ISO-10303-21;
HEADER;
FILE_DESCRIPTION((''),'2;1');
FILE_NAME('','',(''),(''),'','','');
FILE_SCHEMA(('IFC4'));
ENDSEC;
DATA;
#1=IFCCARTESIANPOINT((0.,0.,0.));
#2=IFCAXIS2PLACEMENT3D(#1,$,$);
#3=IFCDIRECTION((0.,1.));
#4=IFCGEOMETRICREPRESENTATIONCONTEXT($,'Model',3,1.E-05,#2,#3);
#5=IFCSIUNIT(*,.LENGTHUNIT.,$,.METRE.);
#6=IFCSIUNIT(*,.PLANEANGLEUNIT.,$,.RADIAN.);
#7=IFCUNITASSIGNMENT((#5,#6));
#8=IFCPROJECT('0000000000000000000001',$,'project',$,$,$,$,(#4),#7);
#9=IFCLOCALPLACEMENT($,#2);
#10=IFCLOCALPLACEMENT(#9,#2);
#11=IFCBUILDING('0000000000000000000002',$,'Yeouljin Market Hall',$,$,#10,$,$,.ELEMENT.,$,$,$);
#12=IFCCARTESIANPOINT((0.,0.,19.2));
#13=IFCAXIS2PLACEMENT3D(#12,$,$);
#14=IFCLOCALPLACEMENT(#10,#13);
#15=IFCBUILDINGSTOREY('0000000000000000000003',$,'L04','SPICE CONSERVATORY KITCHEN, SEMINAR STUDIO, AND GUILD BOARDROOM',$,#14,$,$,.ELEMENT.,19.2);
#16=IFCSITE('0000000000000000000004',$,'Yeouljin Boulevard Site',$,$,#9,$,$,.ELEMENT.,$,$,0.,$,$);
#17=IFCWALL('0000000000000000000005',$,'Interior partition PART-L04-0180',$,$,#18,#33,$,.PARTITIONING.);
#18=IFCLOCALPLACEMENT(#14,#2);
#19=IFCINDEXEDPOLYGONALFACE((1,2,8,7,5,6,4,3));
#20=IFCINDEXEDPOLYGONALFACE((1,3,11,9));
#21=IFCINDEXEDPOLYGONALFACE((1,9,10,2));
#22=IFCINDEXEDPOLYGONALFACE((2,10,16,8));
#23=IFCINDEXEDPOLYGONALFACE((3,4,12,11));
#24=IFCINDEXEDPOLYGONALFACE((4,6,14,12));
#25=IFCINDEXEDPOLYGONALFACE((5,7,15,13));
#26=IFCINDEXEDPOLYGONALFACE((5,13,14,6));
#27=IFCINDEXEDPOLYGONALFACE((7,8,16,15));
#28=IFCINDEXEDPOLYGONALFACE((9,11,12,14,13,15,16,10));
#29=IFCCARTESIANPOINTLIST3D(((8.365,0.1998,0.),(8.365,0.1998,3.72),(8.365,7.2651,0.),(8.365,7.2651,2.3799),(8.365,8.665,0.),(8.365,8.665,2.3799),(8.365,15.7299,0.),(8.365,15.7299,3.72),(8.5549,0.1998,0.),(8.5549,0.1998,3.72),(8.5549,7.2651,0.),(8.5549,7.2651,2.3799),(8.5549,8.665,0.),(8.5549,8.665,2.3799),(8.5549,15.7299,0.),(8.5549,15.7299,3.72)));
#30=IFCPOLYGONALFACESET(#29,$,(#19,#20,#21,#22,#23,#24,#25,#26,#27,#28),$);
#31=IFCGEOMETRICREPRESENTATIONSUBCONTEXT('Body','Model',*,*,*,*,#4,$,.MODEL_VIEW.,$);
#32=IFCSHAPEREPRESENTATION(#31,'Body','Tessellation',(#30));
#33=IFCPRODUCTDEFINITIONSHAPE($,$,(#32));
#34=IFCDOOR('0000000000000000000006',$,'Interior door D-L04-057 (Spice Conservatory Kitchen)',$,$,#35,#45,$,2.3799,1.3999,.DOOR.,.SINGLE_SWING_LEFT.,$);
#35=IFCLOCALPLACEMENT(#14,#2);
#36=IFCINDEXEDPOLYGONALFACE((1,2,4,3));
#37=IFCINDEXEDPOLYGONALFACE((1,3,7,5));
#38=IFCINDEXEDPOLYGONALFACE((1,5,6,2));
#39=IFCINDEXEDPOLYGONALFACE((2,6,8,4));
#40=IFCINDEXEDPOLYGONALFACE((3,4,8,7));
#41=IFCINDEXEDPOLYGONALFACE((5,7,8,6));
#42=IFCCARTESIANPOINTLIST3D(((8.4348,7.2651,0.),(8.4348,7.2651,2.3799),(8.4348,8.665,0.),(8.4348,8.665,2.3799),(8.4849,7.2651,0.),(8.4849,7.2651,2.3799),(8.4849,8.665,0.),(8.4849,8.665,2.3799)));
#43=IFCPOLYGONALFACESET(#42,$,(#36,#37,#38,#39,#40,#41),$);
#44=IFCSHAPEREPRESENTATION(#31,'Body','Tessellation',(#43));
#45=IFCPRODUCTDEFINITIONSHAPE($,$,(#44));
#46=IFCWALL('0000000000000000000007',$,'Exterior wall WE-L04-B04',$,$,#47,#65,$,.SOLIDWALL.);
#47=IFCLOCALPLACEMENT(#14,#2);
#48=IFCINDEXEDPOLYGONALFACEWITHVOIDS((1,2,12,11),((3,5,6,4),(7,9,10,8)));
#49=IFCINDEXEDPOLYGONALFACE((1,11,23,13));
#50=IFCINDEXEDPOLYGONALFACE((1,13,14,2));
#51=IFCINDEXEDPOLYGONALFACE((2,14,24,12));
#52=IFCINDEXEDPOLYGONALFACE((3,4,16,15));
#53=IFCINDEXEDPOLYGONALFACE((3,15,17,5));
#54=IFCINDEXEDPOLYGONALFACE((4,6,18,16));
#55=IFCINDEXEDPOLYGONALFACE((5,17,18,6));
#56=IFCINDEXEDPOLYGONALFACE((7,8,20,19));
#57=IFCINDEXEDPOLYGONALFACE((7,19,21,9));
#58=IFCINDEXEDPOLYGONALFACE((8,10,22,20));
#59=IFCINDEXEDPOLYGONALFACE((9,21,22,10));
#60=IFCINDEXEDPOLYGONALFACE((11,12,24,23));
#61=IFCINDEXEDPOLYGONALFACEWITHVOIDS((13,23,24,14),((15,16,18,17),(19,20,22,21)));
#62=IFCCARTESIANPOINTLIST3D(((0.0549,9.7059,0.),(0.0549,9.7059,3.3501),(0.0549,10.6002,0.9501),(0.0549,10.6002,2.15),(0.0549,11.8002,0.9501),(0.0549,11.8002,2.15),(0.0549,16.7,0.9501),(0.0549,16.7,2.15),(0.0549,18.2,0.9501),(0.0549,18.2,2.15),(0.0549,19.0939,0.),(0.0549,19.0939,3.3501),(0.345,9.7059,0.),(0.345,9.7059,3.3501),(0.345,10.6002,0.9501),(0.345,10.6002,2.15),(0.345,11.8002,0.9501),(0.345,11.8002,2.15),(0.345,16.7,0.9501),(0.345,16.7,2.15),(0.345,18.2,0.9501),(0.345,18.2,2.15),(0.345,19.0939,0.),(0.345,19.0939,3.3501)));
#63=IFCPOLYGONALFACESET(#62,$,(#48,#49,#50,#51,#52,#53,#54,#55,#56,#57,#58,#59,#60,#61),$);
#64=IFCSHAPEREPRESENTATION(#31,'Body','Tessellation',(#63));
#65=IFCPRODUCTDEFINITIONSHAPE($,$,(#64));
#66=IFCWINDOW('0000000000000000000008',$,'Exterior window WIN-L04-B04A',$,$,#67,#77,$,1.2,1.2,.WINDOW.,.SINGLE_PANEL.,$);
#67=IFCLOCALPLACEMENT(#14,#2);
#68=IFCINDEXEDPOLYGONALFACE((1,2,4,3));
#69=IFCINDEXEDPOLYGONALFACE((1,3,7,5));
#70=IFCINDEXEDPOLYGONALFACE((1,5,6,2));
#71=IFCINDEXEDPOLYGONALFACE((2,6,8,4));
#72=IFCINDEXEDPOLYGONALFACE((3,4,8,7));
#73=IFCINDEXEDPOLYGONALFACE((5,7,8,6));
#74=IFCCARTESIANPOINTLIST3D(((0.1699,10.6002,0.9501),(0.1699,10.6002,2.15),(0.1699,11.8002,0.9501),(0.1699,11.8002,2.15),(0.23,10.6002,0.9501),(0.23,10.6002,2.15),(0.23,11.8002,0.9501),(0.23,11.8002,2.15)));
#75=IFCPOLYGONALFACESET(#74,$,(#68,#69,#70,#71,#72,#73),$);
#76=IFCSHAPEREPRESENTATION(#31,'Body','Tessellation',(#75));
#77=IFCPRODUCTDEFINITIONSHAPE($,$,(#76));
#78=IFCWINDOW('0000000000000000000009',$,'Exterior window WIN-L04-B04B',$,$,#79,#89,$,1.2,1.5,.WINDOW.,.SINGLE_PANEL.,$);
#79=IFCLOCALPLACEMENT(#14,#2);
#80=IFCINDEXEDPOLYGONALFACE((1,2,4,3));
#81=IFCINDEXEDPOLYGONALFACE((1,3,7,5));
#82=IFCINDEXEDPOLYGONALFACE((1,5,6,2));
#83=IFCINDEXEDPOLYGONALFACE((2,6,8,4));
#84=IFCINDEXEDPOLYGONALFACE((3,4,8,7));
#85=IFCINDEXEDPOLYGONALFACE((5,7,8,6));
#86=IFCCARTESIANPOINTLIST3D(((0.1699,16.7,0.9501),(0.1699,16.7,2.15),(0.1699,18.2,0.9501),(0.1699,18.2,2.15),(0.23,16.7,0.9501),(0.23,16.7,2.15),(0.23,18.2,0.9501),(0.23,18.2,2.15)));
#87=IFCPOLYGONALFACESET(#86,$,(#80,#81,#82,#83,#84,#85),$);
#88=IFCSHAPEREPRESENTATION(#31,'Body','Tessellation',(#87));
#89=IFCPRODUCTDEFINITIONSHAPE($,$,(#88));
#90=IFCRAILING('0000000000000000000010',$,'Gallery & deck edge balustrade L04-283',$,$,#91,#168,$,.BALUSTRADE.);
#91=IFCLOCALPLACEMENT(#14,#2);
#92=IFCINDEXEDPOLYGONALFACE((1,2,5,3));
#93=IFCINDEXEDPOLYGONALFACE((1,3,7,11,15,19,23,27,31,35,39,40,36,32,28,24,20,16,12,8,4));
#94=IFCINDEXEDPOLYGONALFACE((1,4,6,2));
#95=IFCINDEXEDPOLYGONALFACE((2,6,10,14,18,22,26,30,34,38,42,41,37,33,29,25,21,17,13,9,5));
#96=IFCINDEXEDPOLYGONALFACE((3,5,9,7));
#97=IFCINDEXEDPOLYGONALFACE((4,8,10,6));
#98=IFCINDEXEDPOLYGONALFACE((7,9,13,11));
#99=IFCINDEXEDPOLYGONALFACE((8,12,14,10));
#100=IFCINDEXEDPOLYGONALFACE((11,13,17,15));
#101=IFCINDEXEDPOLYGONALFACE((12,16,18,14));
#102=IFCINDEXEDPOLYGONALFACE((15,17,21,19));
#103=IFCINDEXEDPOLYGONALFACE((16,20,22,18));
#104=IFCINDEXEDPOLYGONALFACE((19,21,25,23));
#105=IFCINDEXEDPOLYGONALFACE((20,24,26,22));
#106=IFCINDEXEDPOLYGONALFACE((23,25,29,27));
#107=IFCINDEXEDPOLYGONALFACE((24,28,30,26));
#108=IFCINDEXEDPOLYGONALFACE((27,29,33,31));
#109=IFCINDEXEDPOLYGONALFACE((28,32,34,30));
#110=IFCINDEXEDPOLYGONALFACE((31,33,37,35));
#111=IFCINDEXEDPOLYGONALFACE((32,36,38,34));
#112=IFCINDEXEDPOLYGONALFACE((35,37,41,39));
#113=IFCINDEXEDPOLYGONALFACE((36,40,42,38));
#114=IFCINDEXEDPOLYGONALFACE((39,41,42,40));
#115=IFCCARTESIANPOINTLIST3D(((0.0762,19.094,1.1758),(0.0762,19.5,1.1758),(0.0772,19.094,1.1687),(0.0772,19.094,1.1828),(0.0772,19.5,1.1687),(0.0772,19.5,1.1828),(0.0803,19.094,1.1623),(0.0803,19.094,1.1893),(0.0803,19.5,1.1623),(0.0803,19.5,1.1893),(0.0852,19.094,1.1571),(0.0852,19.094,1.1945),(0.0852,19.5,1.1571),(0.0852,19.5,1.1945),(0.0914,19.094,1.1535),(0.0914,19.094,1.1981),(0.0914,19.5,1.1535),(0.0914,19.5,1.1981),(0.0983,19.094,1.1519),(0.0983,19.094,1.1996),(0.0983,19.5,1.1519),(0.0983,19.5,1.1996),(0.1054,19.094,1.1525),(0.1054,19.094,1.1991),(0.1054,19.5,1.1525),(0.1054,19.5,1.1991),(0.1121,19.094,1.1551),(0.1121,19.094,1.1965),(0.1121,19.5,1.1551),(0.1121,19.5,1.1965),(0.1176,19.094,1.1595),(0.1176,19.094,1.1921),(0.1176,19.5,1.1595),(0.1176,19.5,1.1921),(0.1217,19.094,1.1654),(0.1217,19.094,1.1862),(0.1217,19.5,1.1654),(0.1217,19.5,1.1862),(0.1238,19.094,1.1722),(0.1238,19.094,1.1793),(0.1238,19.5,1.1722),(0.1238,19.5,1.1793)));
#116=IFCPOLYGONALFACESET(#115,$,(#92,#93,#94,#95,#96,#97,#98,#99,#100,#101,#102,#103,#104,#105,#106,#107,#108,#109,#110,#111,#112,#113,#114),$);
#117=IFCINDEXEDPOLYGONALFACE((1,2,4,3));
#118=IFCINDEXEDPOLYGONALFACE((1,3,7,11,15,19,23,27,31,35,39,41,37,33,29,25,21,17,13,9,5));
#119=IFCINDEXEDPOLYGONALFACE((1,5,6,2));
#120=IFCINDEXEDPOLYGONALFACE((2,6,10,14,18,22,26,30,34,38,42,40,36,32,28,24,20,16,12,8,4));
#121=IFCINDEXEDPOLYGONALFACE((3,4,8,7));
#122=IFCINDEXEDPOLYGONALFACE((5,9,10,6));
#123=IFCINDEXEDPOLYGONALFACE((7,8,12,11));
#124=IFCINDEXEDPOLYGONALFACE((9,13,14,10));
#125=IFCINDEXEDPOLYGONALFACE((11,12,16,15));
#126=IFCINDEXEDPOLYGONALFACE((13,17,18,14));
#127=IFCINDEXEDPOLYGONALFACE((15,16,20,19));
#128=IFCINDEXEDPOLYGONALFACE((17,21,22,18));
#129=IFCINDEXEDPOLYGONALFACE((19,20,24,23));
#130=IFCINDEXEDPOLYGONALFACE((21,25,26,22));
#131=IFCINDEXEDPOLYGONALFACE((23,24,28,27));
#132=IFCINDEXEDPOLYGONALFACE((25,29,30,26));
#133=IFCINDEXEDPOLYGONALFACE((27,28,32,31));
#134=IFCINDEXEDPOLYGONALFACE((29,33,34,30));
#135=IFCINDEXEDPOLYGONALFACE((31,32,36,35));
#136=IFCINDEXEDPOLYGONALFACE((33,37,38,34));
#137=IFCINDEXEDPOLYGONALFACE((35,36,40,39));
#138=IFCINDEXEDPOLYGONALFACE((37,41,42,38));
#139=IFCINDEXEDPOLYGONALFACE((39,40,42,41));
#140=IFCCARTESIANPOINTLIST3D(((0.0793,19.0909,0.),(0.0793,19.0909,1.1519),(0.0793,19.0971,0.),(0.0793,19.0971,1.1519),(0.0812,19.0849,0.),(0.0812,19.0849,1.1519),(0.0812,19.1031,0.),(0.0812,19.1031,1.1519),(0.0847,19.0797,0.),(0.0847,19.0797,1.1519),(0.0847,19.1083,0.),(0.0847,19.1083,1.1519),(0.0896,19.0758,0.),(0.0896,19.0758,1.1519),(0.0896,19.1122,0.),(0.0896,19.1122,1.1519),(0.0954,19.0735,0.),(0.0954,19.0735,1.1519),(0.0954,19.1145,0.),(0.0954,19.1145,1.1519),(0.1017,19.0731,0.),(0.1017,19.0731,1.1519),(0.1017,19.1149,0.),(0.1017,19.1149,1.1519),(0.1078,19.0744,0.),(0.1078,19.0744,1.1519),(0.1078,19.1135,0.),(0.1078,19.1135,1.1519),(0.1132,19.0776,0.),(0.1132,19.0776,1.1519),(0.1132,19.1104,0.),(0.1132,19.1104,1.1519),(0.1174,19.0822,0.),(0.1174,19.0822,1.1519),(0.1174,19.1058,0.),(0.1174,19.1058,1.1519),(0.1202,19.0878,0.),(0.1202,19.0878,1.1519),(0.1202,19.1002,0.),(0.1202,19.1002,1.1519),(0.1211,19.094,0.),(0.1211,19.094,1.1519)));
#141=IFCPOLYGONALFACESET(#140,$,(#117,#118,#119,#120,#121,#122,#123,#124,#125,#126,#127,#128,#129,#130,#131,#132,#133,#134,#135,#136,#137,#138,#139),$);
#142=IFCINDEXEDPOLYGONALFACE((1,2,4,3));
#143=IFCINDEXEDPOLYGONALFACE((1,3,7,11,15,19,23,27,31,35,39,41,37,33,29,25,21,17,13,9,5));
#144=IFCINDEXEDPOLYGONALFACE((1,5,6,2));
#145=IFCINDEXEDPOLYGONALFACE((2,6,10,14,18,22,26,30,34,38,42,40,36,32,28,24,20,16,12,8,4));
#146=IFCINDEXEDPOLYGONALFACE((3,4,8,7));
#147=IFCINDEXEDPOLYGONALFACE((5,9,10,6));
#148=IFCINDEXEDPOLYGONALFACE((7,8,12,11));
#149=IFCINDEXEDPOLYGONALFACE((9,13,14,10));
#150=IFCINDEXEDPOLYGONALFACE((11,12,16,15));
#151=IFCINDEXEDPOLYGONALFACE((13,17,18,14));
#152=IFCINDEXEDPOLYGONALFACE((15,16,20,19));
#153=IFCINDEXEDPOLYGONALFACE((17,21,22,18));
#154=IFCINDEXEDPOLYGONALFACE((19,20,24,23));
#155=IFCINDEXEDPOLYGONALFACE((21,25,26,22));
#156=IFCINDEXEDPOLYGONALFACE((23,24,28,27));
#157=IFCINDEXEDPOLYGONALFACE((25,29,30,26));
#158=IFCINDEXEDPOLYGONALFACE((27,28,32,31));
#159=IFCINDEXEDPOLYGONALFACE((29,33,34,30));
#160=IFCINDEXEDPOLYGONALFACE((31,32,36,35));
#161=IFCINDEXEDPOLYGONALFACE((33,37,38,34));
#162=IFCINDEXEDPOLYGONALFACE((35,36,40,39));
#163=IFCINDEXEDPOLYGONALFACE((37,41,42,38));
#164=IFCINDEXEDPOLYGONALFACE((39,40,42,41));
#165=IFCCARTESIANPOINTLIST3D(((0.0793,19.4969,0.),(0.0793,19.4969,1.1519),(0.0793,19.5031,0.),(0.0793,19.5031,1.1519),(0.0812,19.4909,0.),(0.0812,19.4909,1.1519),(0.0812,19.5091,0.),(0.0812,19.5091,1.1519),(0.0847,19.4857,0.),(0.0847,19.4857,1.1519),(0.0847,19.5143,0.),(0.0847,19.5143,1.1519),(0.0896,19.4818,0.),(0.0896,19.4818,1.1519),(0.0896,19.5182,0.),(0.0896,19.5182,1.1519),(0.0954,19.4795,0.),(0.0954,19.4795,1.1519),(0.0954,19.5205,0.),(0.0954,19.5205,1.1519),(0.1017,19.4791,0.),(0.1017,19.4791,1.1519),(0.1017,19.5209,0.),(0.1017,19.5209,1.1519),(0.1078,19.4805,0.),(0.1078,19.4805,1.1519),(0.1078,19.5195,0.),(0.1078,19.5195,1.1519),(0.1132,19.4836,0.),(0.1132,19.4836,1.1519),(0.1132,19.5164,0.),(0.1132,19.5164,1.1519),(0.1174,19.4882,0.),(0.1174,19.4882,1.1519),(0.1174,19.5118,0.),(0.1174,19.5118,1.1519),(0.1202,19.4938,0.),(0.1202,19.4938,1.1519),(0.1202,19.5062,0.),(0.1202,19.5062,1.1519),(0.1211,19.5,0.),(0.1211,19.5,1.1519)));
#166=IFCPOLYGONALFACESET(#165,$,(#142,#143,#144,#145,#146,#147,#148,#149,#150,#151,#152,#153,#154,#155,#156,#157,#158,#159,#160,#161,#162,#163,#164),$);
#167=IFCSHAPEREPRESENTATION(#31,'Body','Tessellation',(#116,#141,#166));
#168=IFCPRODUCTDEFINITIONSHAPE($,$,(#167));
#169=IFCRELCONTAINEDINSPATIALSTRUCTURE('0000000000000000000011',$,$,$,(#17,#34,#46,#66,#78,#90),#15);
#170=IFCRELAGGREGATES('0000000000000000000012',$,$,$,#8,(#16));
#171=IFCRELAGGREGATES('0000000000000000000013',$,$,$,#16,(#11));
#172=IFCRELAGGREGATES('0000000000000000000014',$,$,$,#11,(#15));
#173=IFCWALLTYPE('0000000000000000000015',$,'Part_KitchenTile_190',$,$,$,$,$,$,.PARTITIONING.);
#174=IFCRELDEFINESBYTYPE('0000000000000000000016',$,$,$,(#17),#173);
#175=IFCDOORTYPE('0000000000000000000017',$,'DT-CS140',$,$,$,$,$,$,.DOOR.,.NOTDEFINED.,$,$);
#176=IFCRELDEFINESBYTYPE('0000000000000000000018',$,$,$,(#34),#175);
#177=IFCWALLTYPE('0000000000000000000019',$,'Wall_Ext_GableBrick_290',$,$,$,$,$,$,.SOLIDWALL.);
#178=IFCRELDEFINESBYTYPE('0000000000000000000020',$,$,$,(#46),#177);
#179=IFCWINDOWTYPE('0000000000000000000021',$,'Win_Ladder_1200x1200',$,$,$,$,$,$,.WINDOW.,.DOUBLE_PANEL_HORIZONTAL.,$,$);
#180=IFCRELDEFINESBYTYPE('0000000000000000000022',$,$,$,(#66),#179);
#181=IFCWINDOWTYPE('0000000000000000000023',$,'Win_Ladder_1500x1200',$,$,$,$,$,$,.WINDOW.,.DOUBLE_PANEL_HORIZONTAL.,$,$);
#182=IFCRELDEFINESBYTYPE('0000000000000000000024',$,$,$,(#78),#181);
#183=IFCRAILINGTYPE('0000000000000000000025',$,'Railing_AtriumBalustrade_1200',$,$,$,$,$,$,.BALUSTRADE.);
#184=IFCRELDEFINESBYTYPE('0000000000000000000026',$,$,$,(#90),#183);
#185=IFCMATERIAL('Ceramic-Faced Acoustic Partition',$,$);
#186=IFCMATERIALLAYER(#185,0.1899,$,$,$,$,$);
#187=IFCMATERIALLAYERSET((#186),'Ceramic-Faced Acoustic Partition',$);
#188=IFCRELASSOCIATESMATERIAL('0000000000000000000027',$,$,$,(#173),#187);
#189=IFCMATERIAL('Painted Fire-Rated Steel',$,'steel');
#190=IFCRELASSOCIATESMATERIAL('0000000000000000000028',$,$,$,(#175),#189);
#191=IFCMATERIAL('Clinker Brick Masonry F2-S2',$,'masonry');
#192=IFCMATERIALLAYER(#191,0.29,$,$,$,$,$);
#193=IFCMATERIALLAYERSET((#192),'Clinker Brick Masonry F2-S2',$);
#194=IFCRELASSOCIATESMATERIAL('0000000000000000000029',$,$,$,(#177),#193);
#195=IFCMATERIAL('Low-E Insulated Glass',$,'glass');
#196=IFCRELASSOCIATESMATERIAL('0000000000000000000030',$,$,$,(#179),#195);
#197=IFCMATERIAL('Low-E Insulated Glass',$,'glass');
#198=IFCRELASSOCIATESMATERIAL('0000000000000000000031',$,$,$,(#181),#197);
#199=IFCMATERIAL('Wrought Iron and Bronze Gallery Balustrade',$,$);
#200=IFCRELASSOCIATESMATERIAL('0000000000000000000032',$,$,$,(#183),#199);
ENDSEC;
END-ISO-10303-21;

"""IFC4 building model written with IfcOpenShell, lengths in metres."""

from ifc_helpers import new_model, si_unit, direction, frame, frame_2d, origin, origin_2d, place, context, subcontext, project, spatial, rectangle, circle, extrude, material, layer, layer_set, type_object, element, fill, save


model = new_model("IFC4")

# Units and contexts
model_context = context("Model", 3, precision=1e-05, world=origin(), true_north=direction((0.0, 1.0)))
body_context = subcontext(model_context, "Body", "Model", "MODEL_VIEW")
ifc_project = project(units=[si_unit("LENGTHUNIT", "METRE"), si_unit("PLANEANGLEUNIT", "RADIAN")], contexts=[model_context])

# Site, building, storey
site_placement = place(None, origin())
site = spatial("IfcSite", under=ifc_project, at=site_placement, Name="Yeouljin Boulevard Site", CompositionType="ELEMENT", RefElevation=0.0)
building_placement = place(site_placement, origin())
building = spatial("IfcBuilding", under=site, at=building_placement, Name="Yeouljin Market Hall", CompositionType="ELEMENT")
storey_placement = place(building_placement, frame((0.0, 0.0, 19.2)))
storey = spatial("IfcBuildingStorey", under=building, at=storey_placement, Name="L04", Description="SPICE CONSERVATORY KITCHEN, SEMINAR STUDIO, AND GUILD BOARDROOM", CompositionType="ELEMENT", Elevation=19.2)

# Wall, opening, door
ifc_material_1 = material(Name="Ceramic-Faced Acoustic Partition")
ifc_layer_1 = layer(ifc_material_1, 0.1899)
ifc_layer_set_1 = layer_set([ifc_layer_1], Name="Ceramic-Faced Acoustic Partition")
wall_type_1 = type_object("IfcWallType", Name="Part_KitchenTile_190", PredefinedType="PARTITIONING", material=ifc_layer_set_1)
wall_1_placement = place(storey_placement, frame((8.46, 15.73, 0.0), z_axis=(0.0, 0.0, 1.0), x_axis=(0.0, -1.0, 0.0)))
wall_1 = element("IfcWall", 1, at=wall_1_placement, inside=storey, type_object=wall_type_1, Name="Interior partition PART-L04-0180", PredefinedType="PARTITIONING", context=body_context, shape_type="SweptSolid", body=[
    extrude(rectangle(XDim=15.53, YDim=0.1899, at=frame_2d((7.7651, 0.0))), origin(), (0.0, 0.0, 1.0), 3.72),
])
opening_1_placement = place(wall_1_placement, frame((7.0649, 0.0, 0.0)))
opening_1 = element("IfcOpeningElement", 2, at=opening_1_placement, cuts=wall_1, PredefinedType="OPENING", context=body_context, shape_type="SweptSolid", body=[
    extrude(rectangle(XDim=1.3999, YDim=2.3799, at=frame_2d((0.7, 1.1899))), frame((0.0, 0.105, 0.0), z_axis=(0.0, -1.0, 0.0), x_axis=(1.0, 0.0, 0.0)), (0.0, 0.0, 1.0), 0.21),
])
ifc_material_2 = material(Name="Painted Fire-Rated Steel", Category="steel")
door_type = type_object("IfcDoorType", Name="DT-CS140", OperationType="NOTDEFINED", PredefinedType="DOOR", material=ifc_material_2)
door_placement = place(opening_1_placement, origin())
door = element("IfcDoor", 3, at=door_placement, inside=storey, type_object=door_type, Name="Interior door D-L04-057 (Spice Conservatory Kitchen)", OperationType="SINGLE_SWING_LEFT", OverallHeight=2.3799, OverallWidth=1.3999, PredefinedType="DOOR", context=body_context, shape_type="SweptSolid", body=[
    extrude(rectangle(XDim=1.3999, YDim=2.3799, at=frame_2d((0.7, 1.1899))), frame((0.0, 0.0249, 0.0), z_axis=(0.0, -1.0, 0.0), x_axis=(1.0, 0.0, 0.0)), (0.0, 0.0, 1.0), 0.05),
])
fill(opening_1, door)

# Wall, openings, windows
ifc_material_3 = material(Name="Clinker Brick Masonry F2-S2", Category="masonry")
ifc_layer_2 = layer(ifc_material_3, 0.29)
ifc_layer_set_2 = layer_set([ifc_layer_2], Name="Clinker Brick Masonry F2-S2")
wall_type_2 = type_object("IfcWallType", Name="Wall_Ext_GableBrick_290", PredefinedType="SOLIDWALL", material=ifc_layer_set_2)
wall_2_placement = place(storey_placement, frame((0.2, 9.7061, 0.0), z_axis=(0.0, 0.0, 1.0), x_axis=(0.0, 1.0, 0.0)))
wall_2 = element("IfcWall", 4, at=wall_2_placement, inside=storey, type_object=wall_type_2, Name="Exterior wall WE-L04-B04", PredefinedType="SOLIDWALL", context=body_context, shape_type="SweptSolid", body=[
    extrude(rectangle(XDim=9.3879, YDim=0.29, at=frame_2d((4.6938, 0.0))), origin(), (0.0, 0.0, 1.0), 3.3501),
])
opening_2_placement = place(wall_2_placement, frame((0.894, 0.0, 0.95)))
opening_2 = element("IfcOpeningElement", 5, at=opening_2_placement, cuts=wall_2, PredefinedType="OPENING", context=body_context, shape_type="SweptSolid", body=[
    extrude(rectangle(XDim=1.2, YDim=1.2, at=frame_2d((0.6001, 0.6001))), frame((0.0, 0.155, 0.0), z_axis=(0.0, -1.0, 0.0), x_axis=(1.0, 0.0, 0.0)), (0.0, 0.0, 1.0), 0.3101),
])
opening_3_placement = place(wall_2_placement, frame((6.9939, 0.0, 0.95)))
opening_3 = element("IfcOpeningElement", 6, at=opening_3_placement, cuts=wall_2, PredefinedType="OPENING", context=body_context, shape_type="SweptSolid", body=[
    extrude(rectangle(XDim=1.5, YDim=1.2, at=frame_2d((0.75, 0.6001))), frame((0.0, 0.155, 0.0), z_axis=(0.0, -1.0, 0.0), x_axis=(1.0, 0.0, 0.0)), (0.0, 0.0, 1.0), 0.3101),
])
ifc_material_4 = material(Name="Low-E Insulated Glass", Category="glass")
window_type_1 = type_object("IfcWindowType", Name="Win_Ladder_1200x1200", PartitioningType="DOUBLE_PANEL_HORIZONTAL", PredefinedType="WINDOW", material=ifc_material_4)
window_1_placement = place(opening_2_placement, origin())
window_1 = element("IfcWindow", 7, at=window_1_placement, inside=storey, type_object=window_type_1, Name="Exterior window WIN-L04-B04A", OverallHeight=1.2, OverallWidth=1.2, PartitioningType="SINGLE_PANEL", PredefinedType="WINDOW", context=body_context, shape_type="SweptSolid", body=[
    extrude(rectangle(XDim=1.2, YDim=1.2, at=frame_2d((0.6001, 0.6001))), frame((0.0, 0.03, 0.0), z_axis=(0.0, -1.0, 0.0), x_axis=(1.0, 0.0, 0.0)), (0.0, 0.0, 1.0), 0.0601),
])
fill(opening_2, window_1)
ifc_material_5 = material(Name="Low-E Insulated Glass", Category="glass")
window_type_2 = type_object("IfcWindowType", Name="Win_Ladder_1500x1200", PartitioningType="DOUBLE_PANEL_HORIZONTAL", PredefinedType="WINDOW", material=ifc_material_5)
window_2_placement = place(opening_3_placement, origin())
window_2 = element("IfcWindow", 8, at=window_2_placement, inside=storey, type_object=window_type_2, Name="Exterior window WIN-L04-B04B", OverallHeight=1.2, OverallWidth=1.5, PartitioningType="SINGLE_PANEL", PredefinedType="WINDOW", context=body_context, shape_type="SweptSolid", body=[
    extrude(rectangle(XDim=1.5, YDim=1.2, at=frame_2d((0.75, 0.6001))), frame((0.0, 0.03, 0.0), z_axis=(0.0, -1.0, 0.0), x_axis=(1.0, 0.0, 0.0)), (0.0, 0.0, 1.0), 0.0601),
])
fill(opening_3, window_2)

# Railing
ifc_material_6 = material(Name="Wrought Iron and Bronze Gallery Balustrade")
railing_type = type_object("IfcRailingType", Name="Railing_AtriumBalustrade_1200", PredefinedType="BALUSTRADE", material=ifc_material_6)
railing_placement = place(storey_placement, frame((0.1001, 19.094, 0.0)))
element("IfcRailing", 9, at=railing_placement, inside=storey, type_object=railing_type, Name="Gallery & deck edge balustrade L04-283", PredefinedType="BALUSTRADE", context=body_context, shape_type="SweptSolid", body=[
    extrude(circle(Radius=0.0239, at=origin_2d()), frame((0.0, 0.0, 1.1758), z_axis=(0.0, 1.0, 0.0), x_axis=(-1.0, 0.0, 0.0)), (0.0, 0.0, 1.0), 0.406),
    extrude(circle(Radius=0.021, at=origin_2d()), origin(), (0.0, 0.0, 1.0), 1.1519),
    extrude(circle(Radius=0.021, at=origin_2d()), frame((0.0, 0.406, 0.0)), (0.0, 0.0, 1.0), 1.1519),
])

save(model, "model.ifc")
